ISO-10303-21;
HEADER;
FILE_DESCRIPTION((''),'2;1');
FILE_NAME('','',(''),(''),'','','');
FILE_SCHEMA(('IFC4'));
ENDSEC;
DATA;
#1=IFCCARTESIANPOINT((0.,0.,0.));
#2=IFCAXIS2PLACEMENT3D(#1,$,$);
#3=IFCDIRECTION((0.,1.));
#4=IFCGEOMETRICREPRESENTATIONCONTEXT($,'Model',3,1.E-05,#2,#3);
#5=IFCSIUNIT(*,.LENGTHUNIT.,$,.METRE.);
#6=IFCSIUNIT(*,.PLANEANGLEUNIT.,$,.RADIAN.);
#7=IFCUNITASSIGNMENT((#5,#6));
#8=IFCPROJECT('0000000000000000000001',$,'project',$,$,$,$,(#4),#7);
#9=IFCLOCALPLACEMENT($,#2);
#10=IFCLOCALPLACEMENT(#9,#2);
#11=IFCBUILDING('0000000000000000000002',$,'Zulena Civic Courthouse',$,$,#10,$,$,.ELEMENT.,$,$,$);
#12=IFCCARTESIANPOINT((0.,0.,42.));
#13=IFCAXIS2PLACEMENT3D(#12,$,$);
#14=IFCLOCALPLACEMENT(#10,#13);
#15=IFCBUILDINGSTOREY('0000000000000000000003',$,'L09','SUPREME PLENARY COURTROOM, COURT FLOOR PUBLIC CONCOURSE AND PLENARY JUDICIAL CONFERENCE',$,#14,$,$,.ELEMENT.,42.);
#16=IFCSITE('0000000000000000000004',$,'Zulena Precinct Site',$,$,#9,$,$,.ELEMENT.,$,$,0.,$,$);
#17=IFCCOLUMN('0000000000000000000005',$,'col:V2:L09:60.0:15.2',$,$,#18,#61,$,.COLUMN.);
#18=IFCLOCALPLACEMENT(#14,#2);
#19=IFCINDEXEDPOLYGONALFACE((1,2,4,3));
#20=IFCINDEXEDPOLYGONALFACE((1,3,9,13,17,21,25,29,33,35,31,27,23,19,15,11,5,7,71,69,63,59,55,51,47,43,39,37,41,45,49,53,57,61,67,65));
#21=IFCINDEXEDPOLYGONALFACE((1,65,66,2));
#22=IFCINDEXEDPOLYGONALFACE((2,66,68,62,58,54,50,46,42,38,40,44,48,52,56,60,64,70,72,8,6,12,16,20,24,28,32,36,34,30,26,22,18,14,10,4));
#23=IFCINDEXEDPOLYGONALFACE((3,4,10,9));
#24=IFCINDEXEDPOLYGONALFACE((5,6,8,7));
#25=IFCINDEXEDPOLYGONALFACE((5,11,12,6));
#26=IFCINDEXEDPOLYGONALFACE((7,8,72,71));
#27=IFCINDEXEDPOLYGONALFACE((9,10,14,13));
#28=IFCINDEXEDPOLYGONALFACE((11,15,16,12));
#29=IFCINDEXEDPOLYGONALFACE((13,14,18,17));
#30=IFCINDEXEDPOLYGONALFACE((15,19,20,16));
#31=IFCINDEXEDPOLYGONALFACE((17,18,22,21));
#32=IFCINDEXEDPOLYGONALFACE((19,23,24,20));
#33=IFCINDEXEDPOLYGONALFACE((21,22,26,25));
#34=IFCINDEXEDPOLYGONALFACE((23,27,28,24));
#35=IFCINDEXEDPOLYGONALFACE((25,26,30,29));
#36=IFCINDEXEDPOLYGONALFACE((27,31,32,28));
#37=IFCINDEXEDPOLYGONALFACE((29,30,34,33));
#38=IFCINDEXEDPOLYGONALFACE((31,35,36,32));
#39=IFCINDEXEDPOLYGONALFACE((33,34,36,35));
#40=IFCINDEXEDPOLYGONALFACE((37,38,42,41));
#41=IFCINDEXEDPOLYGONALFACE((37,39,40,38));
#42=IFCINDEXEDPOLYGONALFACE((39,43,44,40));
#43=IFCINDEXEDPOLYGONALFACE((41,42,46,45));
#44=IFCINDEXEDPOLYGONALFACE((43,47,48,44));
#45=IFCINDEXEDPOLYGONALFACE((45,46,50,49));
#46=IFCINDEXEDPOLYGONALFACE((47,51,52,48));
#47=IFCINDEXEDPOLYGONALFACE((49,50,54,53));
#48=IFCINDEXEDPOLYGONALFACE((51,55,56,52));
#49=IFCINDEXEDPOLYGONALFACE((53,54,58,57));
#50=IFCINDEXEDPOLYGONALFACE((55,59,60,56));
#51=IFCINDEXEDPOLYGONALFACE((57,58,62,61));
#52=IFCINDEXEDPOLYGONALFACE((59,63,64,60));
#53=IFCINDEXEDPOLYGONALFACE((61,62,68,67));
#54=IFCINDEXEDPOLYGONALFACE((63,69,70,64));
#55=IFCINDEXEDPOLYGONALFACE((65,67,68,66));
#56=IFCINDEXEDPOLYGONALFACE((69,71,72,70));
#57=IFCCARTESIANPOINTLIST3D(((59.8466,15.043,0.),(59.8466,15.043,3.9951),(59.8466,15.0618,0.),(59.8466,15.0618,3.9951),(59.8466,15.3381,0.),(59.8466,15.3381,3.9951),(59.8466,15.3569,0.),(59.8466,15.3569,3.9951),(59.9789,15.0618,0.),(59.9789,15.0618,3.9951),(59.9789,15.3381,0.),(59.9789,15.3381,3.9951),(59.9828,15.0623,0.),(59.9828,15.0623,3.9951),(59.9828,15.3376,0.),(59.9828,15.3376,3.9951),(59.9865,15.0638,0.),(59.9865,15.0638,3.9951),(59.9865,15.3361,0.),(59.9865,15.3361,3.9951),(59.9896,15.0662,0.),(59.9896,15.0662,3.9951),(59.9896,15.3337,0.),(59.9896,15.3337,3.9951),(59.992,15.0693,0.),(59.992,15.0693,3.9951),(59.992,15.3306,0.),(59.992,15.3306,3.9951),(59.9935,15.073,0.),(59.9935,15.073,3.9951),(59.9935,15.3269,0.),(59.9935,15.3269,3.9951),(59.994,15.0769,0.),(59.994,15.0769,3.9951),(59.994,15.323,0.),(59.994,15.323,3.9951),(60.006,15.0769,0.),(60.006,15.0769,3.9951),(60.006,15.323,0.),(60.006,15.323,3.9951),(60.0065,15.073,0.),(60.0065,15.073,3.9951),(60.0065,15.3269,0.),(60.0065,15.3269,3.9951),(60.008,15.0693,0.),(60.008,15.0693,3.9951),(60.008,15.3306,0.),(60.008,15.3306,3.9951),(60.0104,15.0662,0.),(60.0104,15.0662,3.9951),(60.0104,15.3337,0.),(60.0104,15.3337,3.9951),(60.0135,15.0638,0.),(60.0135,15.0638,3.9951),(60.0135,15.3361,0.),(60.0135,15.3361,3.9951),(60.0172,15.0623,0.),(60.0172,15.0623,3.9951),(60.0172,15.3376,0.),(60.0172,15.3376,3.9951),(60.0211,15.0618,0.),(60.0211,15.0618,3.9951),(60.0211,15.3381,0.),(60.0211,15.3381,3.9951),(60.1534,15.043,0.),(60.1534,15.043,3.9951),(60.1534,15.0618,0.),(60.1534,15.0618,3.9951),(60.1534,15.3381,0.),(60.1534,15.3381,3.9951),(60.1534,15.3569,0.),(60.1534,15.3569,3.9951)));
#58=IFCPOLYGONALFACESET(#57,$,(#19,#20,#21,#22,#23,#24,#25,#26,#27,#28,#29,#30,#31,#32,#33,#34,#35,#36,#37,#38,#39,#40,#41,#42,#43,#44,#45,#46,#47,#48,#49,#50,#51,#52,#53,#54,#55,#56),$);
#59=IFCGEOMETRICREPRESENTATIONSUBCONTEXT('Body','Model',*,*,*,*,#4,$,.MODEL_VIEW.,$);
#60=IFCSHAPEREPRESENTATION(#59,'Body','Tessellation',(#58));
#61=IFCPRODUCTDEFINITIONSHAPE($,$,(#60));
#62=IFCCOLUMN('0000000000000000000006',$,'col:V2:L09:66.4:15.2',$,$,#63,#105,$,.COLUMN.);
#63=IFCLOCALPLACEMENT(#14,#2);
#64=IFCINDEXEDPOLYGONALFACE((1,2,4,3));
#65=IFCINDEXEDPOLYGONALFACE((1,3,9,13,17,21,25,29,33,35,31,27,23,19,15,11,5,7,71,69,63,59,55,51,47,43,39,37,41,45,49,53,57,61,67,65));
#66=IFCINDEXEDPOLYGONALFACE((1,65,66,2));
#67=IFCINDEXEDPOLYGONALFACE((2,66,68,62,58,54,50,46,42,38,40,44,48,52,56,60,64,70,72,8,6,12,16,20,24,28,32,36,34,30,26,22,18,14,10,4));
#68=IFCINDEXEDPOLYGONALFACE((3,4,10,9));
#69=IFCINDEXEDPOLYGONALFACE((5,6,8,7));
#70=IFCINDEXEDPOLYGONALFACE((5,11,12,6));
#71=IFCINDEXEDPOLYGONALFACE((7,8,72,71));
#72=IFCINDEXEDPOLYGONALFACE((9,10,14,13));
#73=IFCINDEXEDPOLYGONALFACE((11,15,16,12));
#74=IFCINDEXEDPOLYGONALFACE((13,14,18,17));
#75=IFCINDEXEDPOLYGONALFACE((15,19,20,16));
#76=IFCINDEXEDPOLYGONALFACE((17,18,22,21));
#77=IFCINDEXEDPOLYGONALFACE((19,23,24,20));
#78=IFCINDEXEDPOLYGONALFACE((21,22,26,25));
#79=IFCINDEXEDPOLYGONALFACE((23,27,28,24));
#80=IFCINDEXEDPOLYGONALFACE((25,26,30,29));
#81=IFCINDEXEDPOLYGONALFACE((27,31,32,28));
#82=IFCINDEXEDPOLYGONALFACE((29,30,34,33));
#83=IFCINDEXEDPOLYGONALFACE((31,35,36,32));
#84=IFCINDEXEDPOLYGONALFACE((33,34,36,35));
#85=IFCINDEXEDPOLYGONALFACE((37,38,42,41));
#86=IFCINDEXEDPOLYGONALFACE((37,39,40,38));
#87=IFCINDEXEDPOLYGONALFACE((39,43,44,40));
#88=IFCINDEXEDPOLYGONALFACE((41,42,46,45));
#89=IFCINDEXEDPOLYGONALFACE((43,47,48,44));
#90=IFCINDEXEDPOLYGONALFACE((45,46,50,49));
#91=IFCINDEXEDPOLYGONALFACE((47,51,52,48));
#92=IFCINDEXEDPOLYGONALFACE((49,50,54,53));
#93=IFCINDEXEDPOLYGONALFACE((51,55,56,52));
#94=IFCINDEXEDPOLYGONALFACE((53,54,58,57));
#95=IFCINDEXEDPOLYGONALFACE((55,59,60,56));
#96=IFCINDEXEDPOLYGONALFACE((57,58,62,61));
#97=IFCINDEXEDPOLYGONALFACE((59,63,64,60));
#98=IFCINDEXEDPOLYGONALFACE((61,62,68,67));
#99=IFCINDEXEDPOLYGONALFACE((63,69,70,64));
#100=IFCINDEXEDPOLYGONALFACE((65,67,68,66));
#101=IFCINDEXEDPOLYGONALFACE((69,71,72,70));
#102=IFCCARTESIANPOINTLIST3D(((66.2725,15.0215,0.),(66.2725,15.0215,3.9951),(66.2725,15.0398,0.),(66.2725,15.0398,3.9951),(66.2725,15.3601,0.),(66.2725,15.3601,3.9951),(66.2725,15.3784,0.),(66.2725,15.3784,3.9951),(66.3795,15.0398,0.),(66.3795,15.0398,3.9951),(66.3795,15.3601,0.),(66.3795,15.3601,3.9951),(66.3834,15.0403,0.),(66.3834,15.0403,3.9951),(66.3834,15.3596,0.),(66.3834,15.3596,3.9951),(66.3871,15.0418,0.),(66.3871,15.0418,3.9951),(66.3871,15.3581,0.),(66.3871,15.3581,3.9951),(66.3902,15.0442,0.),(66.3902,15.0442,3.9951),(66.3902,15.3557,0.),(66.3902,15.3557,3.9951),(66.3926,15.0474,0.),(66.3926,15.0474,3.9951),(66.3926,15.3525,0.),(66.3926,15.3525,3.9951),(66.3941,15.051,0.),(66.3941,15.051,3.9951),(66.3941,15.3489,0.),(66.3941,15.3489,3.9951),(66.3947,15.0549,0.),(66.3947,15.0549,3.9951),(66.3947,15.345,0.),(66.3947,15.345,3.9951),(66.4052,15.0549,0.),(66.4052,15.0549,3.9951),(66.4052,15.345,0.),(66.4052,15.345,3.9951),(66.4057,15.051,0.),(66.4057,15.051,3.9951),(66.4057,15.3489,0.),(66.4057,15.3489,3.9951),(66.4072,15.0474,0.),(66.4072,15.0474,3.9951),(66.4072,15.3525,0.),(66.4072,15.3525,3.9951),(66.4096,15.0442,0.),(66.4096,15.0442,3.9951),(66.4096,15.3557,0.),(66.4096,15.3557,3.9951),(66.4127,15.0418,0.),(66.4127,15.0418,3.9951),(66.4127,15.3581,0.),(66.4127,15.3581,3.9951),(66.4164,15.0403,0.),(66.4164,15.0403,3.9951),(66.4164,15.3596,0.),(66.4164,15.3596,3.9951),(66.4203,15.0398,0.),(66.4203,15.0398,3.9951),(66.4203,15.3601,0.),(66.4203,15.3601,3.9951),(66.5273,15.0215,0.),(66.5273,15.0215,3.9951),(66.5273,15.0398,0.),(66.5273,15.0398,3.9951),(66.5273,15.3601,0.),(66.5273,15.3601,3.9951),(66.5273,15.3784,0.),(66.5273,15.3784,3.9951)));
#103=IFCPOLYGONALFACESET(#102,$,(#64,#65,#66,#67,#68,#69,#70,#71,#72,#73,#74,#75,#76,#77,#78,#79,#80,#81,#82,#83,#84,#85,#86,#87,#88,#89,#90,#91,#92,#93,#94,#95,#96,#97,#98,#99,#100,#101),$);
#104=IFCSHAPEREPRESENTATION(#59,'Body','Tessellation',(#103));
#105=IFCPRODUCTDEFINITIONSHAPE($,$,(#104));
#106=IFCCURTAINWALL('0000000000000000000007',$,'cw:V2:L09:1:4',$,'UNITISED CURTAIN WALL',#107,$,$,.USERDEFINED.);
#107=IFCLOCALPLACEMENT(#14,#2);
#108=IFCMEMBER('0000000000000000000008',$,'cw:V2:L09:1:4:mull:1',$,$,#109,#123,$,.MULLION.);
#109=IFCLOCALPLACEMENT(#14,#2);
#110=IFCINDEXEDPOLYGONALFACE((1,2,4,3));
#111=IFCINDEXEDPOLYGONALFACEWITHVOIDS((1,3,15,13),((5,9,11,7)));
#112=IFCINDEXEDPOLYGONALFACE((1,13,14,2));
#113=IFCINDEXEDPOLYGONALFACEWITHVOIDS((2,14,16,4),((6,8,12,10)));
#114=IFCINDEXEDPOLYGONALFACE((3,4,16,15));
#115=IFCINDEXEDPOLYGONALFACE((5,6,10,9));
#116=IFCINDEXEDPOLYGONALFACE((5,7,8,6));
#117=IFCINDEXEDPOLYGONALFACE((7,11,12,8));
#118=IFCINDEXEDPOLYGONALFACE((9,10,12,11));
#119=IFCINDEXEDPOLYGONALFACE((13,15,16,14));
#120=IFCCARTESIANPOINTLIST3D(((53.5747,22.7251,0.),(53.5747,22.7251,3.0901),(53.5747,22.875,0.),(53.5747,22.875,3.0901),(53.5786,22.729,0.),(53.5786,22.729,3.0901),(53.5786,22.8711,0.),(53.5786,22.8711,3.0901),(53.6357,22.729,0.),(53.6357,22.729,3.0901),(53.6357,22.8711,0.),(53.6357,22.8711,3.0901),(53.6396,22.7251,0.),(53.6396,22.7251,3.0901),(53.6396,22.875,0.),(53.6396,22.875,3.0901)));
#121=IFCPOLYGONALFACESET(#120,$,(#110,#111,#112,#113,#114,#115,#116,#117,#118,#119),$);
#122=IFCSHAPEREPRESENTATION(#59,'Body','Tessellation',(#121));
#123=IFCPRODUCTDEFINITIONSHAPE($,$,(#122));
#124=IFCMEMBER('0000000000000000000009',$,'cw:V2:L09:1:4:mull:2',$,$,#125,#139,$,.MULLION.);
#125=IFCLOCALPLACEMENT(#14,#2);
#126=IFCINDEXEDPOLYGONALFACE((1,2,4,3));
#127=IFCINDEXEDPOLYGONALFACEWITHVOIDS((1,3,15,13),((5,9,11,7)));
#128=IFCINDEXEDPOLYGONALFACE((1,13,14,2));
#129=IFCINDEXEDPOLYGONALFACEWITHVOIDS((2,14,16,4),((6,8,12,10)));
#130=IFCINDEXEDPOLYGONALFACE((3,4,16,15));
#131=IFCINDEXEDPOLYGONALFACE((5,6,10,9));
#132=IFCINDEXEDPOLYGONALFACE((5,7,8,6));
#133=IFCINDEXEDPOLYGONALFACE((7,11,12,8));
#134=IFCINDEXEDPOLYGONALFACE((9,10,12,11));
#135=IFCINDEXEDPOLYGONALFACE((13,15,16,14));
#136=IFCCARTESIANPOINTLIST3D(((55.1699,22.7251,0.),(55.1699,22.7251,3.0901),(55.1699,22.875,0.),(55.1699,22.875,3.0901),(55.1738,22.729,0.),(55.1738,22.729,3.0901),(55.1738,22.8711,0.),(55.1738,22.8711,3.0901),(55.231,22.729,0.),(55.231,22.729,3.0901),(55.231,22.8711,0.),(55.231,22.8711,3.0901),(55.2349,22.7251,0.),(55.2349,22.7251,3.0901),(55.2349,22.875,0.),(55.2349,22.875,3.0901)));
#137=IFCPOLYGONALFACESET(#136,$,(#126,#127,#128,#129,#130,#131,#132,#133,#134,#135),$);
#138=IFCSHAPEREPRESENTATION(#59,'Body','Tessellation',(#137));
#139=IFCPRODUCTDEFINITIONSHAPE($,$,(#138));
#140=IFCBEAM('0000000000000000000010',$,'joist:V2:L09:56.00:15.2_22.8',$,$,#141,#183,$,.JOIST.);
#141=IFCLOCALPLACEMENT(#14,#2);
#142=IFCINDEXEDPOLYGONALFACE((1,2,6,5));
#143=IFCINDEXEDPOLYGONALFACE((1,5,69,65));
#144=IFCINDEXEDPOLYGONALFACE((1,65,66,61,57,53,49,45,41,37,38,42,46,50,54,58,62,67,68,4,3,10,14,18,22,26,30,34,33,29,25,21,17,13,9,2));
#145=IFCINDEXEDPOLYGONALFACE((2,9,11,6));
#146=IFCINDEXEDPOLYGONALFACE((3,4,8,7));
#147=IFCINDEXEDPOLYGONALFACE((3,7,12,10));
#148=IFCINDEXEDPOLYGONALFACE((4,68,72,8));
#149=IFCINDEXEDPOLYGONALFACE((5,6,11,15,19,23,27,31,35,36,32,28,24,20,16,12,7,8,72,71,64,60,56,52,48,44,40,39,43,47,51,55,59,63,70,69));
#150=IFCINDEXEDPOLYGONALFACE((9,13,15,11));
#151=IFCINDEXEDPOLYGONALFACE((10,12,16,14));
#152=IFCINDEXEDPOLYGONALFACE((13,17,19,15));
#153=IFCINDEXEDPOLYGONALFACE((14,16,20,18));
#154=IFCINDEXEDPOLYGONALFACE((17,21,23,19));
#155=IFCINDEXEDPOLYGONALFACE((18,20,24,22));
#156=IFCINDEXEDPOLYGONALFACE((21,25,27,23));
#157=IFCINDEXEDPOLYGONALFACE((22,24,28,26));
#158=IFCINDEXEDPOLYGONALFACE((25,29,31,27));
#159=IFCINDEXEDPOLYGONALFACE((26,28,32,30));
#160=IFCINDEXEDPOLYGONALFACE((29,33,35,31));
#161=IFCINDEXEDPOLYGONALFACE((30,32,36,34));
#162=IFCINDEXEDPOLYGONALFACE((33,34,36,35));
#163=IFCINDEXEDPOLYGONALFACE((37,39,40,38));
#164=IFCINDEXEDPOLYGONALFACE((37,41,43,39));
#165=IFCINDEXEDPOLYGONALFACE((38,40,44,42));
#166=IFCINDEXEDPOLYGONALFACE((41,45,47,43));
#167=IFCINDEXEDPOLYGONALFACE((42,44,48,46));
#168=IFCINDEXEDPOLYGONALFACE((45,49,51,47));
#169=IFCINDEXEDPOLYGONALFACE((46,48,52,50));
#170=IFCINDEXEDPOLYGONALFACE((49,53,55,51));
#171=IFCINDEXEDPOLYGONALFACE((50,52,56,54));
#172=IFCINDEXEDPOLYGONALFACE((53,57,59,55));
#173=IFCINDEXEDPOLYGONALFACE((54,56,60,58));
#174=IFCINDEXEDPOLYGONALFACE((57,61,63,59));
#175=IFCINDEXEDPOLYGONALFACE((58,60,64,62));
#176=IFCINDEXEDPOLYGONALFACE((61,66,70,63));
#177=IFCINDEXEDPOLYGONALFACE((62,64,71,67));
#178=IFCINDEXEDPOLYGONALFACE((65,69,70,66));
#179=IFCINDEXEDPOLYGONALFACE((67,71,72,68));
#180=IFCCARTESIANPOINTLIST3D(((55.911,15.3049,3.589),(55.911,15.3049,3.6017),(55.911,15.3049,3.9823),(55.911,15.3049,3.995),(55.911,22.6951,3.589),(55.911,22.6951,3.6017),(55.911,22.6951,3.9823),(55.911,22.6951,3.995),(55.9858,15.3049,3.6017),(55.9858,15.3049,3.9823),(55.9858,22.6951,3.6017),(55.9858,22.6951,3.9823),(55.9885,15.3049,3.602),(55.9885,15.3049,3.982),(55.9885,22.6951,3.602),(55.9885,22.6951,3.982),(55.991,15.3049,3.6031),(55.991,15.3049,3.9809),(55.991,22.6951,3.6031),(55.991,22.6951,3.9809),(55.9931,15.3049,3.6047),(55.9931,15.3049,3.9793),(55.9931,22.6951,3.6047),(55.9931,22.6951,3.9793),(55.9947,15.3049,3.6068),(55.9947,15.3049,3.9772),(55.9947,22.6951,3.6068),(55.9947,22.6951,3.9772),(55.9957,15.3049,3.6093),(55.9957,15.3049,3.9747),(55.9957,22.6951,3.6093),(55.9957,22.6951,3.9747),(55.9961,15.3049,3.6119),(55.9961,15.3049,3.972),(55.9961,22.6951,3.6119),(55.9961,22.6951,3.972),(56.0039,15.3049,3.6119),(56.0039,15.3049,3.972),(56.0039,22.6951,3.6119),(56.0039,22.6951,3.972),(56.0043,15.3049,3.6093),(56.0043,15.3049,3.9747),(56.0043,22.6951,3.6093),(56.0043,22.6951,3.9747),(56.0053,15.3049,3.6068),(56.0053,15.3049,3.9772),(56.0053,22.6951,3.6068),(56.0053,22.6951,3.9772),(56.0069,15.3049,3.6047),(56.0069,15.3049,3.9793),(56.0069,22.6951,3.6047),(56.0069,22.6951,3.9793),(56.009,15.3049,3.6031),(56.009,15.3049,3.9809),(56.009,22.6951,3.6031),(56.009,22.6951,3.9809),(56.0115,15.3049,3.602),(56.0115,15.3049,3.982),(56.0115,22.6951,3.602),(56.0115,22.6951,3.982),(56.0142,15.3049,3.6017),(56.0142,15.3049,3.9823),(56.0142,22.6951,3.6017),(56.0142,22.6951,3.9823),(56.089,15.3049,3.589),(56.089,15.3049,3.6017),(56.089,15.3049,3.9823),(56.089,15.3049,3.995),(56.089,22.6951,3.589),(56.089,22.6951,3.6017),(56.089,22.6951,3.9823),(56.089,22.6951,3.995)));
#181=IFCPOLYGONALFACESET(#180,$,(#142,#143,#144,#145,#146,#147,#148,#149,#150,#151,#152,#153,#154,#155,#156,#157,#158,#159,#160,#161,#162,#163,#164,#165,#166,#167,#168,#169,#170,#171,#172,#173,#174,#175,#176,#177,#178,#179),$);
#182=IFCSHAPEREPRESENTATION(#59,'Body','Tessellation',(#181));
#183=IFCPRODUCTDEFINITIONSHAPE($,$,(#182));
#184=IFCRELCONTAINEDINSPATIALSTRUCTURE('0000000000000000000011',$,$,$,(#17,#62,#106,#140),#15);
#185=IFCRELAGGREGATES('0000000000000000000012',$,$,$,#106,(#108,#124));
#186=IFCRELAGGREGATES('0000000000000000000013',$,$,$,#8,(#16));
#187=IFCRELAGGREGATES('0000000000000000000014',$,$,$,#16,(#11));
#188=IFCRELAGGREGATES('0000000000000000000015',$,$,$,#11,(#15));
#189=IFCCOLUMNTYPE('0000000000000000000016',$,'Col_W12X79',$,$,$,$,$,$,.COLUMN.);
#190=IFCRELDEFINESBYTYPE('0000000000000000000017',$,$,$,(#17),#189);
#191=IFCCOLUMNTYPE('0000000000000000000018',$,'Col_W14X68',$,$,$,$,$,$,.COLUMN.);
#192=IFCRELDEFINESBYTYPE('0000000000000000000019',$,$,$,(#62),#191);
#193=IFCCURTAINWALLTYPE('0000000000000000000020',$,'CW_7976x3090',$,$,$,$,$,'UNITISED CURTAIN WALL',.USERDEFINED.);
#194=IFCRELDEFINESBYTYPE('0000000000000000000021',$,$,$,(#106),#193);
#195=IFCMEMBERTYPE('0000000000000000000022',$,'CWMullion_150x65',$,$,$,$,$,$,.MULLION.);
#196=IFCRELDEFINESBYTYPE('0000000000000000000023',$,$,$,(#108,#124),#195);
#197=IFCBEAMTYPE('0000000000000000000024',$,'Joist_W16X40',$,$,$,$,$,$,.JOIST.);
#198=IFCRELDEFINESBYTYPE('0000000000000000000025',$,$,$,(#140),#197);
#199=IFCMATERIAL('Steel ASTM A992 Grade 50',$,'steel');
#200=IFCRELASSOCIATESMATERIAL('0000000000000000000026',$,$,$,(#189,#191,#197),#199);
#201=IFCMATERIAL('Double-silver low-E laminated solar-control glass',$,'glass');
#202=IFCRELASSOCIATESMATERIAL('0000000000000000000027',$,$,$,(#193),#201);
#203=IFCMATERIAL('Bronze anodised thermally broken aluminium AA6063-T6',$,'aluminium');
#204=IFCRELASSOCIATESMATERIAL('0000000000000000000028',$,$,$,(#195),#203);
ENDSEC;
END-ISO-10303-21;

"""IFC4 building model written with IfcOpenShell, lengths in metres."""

from ifc_helpers import new_model, si_unit, direction, frame, origin, origin_2d, place, context, subcontext, project, spatial, hollow_rectangle, i_section, extrude, material, material_profile, profile_set, type_object, element, aggregate, save


model = new_model("IFC4")

# Units and contexts
model_context = context("Model", 3, precision=1e-05, world=origin(), true_north=direction((0.0, 1.0)))
body_context = subcontext(model_context, "Body", "Model", "MODEL_VIEW")
ifc_project = project(units=[si_unit("LENGTHUNIT", "METRE"), si_unit("PLANEANGLEUNIT", "RADIAN")], contexts=[model_context])

# Site, building, storey
site_placement = place(None, origin())
site = spatial("IfcSite", under=ifc_project, at=site_placement, Name="Zulena Precinct Site", CompositionType="ELEMENT", RefElevation=0.0)
building_placement = place(site_placement, origin())
building = spatial("IfcBuilding", under=site, at=building_placement, Name="Zulena Civic Courthouse", CompositionType="ELEMENT")
storey_placement = place(building_placement, frame((0.0, 0.0, 42.0)))
storey = spatial("IfcBuildingStorey", under=building, at=storey_placement, Name="L09", Description="SUPREME PLENARY COURTROOM, COURT FLOOR PUBLIC CONCOURSE AND PLENARY JUDICIAL CONFERENCE", CompositionType="ELEMENT", Elevation=42.0)

# Columns
ifc_material_1 = material(Name="Steel ASTM A992 Grade 50", Category="steel")
ifc_material_profile_1 = material_profile(ifc_material_1, i_section(OverallWidth=0.3069, OverallDepth=0.314, WebThickness=0.012, FlangeThickness=0.0188, FilletRadius=0.0151, at=origin_2d()), Name="W12X79")
ifc_profile_set_1 = profile_set([ifc_material_profile_1], Name="Steel ASTM A992 Grade 50")
column_type_1 = type_object("IfcColumnType", Name="Col_W12X79", PredefinedType="COLUMN", material=ifc_profile_set_1)
column_1_placement = place(storey_placement, frame((60.0, 15.2, 0.0), z_axis=(0.0, 0.0, 1.0), x_axis=(1.0, 0.0, 0.0)))
element("IfcColumn", 1, at=column_1_placement, inside=storey, type_object=column_type_1, Name="col:V2:L09:60.0:15.2", PredefinedType="COLUMN", context=body_context, shape_type="SweptSolid", body=[
    extrude(i_section(OverallWidth=0.3069, OverallDepth=0.314, WebThickness=0.012, FlangeThickness=0.0188, FilletRadius=0.0151, at=origin_2d()), origin(), (0.0, 0.0, 1.0), 3.9951),
])
ifc_material_profile_2 = material_profile(ifc_material_1, i_section(OverallWidth=0.2549, OverallDepth=0.3569, WebThickness=0.0105, FlangeThickness=0.0183, FilletRadius=0.0151, at=origin_2d()), Name="W14X68")
ifc_profile_set_2 = profile_set([ifc_material_profile_2], Name="Steel ASTM A992 Grade 50")
column_type_2 = type_object("IfcColumnType", Name="Col_W14X68", PredefinedType="COLUMN", material=ifc_profile_set_2)
column_2_placement = place(storey_placement, frame((66.3999, 15.2, 0.0), z_axis=(0.0, 0.0, 1.0), x_axis=(1.0, 0.0, 0.0)))
element("IfcColumn", 2, at=column_2_placement, inside=storey, type_object=column_type_2, Name="col:V2:L09:66.4:15.2", PredefinedType="COLUMN", context=body_context, shape_type="SweptSolid", body=[
    extrude(i_section(OverallWidth=0.2549, OverallDepth=0.3569, WebThickness=0.0105, FlangeThickness=0.0183, FilletRadius=0.0151, at=origin_2d()), origin(), (0.0, 0.0, 1.0), 3.9951),
])

# Curtain wall, members
ifc_material_2 = material(Name="Double-silver low-E laminated solar-control glass", Category="glass")
curtain_wall_type = type_object("IfcCurtainWallType", Name="CW_7976x3090", ElementType="UNITISED CURTAIN WALL", PredefinedType="USERDEFINED", material=ifc_material_2)
curtain_wall_placement = place(storey_placement, origin())
curtain_wall = element("IfcCurtainWall", 3, at=curtain_wall_placement, inside=storey, type_object=curtain_wall_type, Name="cw:V2:L09:1:4", ObjectType="UNITISED CURTAIN WALL", PredefinedType="USERDEFINED")
ifc_material_3 = material(Name="Bronze anodised thermally broken aluminium AA6063-T6", Category="aluminium")
ifc_material_profile_3 = material_profile(ifc_material_3, hollow_rectangle(XDim=0.0649, YDim=0.1499, WallThickness=0.0039, at=origin_2d()), Name="CWM150X65X4")
ifc_profile_set_3 = profile_set([ifc_material_profile_3], Name="Bronze anodised thermally broken aluminium AA6063-T6")
member_type = type_object("IfcMemberType", Name="CWMullion_150x65", PredefinedType="MULLION", material=ifc_profile_set_3)
member_1_placement = place(storey_placement, frame((53.6072, 22.8, 0.0), z_axis=(0.0, 0.0, 1.0), x_axis=(1.0, 0.0, 0.0)))
member_1 = element("IfcMember", 4, at=member_1_placement, type_object=member_type, Name="cw:V2:L09:1:4:mull:1", PredefinedType="MULLION", context=body_context, shape_type="SweptSolid", body=[
    extrude(hollow_rectangle(XDim=0.0649, YDim=0.1499, WallThickness=0.0039, at=origin_2d()), origin(), (0.0, 0.0, 1.0), 3.0901),
])
member_2_placement = place(storey_placement, frame((55.2024, 22.8, 0.0), z_axis=(0.0, 0.0, 1.0), x_axis=(1.0, 0.0, 0.0)))
member_2 = element("IfcMember", 5, at=member_2_placement, type_object=member_type, Name="cw:V2:L09:1:4:mull:2", PredefinedType="MULLION", context=body_context, shape_type="SweptSolid", body=[
    extrude(hollow_rectangle(XDim=0.0649, YDim=0.1499, WallThickness=0.0039, at=origin_2d()), origin(), (0.0, 0.0, 1.0), 3.0901),
])

# Beam
ifc_material_profile_4 = material_profile(ifc_material_1, i_section(OverallWidth=0.178, OverallDepth=0.406, WebThickness=0.0078, FlangeThickness=0.0127, FilletRadius=0.0103, at=origin_2d()), Name="W16X40")
ifc_profile_set_4 = profile_set([ifc_material_profile_4], Name="Steel ASTM A992 Grade 50")
beam_type_1 = type_object("IfcBeamType", Name="Joist_W16X40", PredefinedType="JOIST", material=ifc_profile_set_4)
for number, where, z_axis, x_axis, name in (
    (6, (56.0, 15.3049, 3.792), (0.0, 1.0, 0.0), (-1.0, 0.0, 0.0), "joist:V2:L09:56.00:15.2_22.8"),
):
    element("IfcBeam", number, at=place(storey_placement, frame(where, z_axis=z_axis, x_axis=x_axis)), inside=storey, type_object=beam_type_1, Name=name, PredefinedType="JOIST", context=body_context, shape_type="SweptSolid", body=[
        extrude(i_section(OverallWidth=0.178, OverallDepth=0.406, WebThickness=0.0078, FlangeThickness=0.0127, FilletRadius=0.0103, at=origin_2d()), origin(), (0.0, 0.0, 1.0), 7.3901),
    ])

aggregate(curtain_wall, [member_1, member_2])

save(model, "model.ifc")
